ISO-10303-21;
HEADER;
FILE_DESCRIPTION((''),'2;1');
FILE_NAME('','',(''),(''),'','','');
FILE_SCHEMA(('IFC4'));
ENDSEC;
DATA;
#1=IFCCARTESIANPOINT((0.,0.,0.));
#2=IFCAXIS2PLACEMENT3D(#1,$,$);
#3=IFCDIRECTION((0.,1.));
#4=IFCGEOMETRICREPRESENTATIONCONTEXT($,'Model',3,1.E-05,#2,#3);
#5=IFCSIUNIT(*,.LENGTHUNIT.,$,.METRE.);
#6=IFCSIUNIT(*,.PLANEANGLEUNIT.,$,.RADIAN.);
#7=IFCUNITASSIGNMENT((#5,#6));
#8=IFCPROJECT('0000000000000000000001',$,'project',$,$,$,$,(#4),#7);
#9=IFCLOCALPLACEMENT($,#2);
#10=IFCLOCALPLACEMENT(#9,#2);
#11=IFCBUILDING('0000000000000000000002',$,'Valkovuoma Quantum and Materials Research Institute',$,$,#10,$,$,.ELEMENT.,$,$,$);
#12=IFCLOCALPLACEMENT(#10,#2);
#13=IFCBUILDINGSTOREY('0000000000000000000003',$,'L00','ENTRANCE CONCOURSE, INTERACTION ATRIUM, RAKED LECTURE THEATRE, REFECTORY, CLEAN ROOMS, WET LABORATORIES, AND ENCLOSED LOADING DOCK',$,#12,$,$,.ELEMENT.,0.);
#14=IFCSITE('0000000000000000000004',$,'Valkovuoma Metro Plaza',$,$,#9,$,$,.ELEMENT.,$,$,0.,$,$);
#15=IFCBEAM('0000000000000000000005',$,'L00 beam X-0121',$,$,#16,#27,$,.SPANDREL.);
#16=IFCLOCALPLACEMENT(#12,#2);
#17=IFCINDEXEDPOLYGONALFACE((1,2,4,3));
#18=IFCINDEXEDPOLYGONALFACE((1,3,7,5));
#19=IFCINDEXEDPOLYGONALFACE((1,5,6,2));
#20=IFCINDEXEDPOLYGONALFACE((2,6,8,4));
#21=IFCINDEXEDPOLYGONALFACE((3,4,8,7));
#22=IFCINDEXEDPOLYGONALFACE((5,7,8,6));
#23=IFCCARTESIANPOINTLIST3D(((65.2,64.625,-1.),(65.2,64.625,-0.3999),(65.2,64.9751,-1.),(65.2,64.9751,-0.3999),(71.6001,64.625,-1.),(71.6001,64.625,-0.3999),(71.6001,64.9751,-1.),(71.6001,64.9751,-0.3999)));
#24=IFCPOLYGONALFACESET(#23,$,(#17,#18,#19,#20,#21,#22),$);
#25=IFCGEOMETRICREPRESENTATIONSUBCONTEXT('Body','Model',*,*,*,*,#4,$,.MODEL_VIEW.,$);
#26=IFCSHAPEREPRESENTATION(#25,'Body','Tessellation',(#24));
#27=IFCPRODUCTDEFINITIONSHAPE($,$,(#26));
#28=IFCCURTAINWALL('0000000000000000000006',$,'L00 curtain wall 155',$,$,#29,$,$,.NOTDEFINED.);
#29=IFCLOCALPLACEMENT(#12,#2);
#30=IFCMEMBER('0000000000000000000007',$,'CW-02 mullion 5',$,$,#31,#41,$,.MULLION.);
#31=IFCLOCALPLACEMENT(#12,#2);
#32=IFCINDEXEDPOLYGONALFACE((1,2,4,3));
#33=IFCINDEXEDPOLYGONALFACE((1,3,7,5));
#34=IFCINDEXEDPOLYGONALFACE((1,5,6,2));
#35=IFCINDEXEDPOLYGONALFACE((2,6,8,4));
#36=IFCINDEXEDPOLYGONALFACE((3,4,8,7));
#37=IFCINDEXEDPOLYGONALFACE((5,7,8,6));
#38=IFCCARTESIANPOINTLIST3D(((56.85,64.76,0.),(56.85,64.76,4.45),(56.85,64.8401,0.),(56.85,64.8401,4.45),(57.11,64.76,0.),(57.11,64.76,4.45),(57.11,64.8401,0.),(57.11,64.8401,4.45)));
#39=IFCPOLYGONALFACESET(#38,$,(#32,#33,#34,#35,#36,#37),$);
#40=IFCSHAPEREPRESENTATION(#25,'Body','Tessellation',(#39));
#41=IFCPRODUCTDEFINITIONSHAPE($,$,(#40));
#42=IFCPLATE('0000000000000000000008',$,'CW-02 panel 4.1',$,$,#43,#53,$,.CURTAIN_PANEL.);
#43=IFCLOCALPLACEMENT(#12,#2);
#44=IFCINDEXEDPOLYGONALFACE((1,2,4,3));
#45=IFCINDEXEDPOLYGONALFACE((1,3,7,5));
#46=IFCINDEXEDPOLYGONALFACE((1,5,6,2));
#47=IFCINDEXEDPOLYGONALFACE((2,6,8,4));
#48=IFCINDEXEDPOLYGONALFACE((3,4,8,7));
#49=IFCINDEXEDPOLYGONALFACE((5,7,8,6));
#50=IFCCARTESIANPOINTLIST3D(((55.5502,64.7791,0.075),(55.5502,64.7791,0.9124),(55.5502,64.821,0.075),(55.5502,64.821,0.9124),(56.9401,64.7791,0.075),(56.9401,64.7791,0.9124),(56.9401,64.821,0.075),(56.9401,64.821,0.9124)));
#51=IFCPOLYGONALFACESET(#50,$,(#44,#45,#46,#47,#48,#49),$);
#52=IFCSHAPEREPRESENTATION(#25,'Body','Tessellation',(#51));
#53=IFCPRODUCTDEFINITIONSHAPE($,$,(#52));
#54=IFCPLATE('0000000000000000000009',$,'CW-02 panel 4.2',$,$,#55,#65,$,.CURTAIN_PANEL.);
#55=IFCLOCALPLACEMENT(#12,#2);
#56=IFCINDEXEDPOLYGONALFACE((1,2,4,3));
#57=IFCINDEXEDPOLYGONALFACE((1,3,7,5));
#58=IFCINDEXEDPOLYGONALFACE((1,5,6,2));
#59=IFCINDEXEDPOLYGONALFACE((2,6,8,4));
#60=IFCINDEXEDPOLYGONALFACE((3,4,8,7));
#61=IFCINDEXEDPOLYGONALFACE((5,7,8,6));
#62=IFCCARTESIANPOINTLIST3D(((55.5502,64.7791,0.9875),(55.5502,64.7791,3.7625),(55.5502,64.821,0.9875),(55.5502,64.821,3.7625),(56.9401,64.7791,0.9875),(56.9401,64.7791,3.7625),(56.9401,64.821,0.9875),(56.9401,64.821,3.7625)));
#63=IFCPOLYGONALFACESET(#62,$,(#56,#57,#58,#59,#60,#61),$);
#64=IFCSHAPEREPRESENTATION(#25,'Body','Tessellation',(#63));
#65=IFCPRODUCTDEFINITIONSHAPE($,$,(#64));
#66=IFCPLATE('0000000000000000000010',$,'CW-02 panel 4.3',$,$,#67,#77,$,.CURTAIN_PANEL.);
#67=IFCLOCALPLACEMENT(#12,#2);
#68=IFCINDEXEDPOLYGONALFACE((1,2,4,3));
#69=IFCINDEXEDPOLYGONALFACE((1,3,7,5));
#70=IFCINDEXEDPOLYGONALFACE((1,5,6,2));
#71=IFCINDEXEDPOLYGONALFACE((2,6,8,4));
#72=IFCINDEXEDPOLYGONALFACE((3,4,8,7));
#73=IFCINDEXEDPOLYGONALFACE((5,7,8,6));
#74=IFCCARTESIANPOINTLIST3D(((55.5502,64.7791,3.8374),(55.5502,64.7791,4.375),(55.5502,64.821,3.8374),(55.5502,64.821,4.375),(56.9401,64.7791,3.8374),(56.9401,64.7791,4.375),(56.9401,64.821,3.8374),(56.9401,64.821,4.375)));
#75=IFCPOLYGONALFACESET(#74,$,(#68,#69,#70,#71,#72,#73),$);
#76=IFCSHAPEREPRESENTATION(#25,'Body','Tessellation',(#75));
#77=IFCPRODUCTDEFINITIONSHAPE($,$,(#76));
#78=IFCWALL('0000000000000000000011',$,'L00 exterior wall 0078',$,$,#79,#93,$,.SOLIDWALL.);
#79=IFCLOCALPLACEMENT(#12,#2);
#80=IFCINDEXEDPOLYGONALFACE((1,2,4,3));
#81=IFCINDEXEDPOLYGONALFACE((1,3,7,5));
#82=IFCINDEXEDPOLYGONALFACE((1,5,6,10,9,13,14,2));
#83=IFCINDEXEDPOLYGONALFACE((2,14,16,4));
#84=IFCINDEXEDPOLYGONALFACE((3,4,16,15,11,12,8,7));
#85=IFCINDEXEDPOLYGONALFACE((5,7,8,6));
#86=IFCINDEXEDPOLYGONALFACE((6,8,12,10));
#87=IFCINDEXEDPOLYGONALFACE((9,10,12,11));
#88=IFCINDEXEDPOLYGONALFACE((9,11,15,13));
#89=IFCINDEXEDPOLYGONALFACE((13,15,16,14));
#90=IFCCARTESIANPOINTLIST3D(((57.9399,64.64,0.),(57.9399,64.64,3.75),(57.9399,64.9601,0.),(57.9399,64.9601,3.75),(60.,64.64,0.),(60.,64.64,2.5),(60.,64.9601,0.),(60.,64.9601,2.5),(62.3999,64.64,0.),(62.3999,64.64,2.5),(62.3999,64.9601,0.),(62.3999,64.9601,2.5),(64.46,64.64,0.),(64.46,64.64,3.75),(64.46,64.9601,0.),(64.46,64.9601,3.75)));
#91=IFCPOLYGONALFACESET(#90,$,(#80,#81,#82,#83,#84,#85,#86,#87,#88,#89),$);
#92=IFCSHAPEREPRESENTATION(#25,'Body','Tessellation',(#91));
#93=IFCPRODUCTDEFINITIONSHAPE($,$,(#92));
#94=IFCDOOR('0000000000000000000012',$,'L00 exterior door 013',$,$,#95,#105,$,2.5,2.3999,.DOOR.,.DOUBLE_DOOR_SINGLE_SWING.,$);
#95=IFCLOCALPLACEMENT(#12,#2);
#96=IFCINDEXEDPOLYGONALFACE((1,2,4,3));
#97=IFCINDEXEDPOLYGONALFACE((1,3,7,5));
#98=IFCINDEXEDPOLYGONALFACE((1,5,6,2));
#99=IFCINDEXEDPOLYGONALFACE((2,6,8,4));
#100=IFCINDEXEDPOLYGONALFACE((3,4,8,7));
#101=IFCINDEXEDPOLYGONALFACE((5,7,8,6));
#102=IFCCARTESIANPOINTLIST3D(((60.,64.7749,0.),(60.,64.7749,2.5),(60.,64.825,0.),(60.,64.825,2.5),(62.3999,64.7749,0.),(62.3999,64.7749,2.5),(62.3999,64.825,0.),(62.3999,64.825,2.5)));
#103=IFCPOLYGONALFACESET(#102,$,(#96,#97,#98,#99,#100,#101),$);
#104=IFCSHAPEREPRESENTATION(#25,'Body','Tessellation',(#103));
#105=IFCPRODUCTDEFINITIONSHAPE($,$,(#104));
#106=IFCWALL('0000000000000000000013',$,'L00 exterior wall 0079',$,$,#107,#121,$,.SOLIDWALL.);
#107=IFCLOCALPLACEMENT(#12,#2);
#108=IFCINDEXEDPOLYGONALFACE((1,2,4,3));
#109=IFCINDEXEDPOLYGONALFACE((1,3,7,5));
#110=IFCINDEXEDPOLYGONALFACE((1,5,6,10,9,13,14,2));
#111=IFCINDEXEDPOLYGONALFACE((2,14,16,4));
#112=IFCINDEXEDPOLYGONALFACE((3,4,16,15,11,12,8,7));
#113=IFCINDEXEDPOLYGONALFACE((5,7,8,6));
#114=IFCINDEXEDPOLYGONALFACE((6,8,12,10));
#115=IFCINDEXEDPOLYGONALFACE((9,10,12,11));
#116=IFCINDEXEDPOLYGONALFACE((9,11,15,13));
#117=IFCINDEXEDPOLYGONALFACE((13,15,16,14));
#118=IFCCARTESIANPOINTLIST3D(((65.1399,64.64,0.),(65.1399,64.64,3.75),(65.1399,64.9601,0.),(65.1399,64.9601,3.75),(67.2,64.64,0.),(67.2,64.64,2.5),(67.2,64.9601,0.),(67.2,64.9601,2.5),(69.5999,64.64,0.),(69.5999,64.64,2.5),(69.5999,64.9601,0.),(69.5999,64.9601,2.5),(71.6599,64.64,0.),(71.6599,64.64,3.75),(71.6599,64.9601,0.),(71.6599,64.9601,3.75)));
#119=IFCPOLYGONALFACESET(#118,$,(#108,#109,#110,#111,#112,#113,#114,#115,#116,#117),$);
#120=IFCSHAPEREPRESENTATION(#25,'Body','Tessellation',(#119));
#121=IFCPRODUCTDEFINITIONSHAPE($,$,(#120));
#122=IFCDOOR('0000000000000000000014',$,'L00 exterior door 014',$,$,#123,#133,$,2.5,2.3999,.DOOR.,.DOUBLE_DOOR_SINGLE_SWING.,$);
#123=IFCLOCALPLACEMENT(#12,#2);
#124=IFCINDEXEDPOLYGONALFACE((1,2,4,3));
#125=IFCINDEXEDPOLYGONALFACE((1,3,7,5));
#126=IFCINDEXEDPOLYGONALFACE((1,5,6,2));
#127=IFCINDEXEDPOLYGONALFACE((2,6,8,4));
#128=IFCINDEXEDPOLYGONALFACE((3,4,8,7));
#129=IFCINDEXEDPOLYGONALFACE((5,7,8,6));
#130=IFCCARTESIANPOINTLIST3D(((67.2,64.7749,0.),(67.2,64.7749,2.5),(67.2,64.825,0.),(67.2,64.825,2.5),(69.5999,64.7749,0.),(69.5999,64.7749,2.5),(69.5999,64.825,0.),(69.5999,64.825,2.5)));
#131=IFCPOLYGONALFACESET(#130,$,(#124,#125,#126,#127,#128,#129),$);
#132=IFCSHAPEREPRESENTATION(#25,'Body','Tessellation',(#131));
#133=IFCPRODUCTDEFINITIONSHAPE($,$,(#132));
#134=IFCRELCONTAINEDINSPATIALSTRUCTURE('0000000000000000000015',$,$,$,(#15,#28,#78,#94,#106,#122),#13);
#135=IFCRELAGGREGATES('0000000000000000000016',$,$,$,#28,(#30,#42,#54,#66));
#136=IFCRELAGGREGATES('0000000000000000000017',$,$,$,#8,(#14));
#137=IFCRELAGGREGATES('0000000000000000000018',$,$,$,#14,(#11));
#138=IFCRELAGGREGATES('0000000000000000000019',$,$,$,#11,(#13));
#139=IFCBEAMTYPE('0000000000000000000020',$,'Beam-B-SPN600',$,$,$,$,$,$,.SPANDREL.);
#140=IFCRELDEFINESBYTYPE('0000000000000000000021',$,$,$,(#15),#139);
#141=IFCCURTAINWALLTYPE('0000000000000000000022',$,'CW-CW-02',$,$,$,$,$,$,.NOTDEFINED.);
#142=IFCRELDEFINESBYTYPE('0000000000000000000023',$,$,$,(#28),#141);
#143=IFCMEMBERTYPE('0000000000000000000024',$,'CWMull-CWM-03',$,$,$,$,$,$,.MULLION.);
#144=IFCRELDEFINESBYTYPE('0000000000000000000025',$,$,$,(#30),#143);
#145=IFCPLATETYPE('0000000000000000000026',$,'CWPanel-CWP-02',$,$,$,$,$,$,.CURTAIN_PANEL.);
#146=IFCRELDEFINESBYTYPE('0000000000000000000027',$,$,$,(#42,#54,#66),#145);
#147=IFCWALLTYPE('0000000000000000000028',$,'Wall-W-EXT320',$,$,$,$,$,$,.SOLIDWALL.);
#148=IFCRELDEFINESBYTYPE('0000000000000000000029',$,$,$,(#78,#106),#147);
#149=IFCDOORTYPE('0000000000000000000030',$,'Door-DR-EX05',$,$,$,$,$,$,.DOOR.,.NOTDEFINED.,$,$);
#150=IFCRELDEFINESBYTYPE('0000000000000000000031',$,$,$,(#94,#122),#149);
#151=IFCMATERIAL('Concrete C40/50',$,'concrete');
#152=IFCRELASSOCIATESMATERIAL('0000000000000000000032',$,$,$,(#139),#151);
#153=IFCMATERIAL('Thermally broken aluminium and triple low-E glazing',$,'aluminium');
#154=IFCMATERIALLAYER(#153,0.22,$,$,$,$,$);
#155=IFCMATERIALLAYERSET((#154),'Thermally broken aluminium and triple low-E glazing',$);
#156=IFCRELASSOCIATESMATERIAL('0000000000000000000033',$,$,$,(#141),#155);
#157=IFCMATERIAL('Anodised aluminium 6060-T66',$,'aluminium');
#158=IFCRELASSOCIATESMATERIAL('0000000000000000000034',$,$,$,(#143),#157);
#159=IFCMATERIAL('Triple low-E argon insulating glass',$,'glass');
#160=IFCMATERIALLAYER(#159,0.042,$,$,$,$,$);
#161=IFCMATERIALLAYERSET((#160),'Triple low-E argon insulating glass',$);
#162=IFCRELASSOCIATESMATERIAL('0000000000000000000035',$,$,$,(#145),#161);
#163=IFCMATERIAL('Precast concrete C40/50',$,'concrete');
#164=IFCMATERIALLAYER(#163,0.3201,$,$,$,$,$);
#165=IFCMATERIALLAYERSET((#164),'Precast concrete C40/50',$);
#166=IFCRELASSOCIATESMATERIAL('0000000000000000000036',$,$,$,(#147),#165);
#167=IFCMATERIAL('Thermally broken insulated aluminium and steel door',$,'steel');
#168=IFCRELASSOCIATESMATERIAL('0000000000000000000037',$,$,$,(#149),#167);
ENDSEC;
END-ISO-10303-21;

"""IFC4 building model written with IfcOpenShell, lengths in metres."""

from ifc_helpers import new_model, si_unit, direction, frame, frame_2d, origin, origin_2d, place, context, subcontext, project, spatial, rectangle, extrude, material, layer, layer_set, material_profile, profile_set, type_object, element, fill, aggregate, save


model = new_model("IFC4")

# Units and contexts
model_context = context("Model", 3, precision=1e-05, world=origin(), true_north=direction((0.0, 1.0)))
body_context = subcontext(model_context, "Body", "Model", "MODEL_VIEW")
ifc_project = project(units=[si_unit("LENGTHUNIT", "METRE"), si_unit("PLANEANGLEUNIT", "RADIAN")], contexts=[model_context])

# Site, building, storey
site_placement = place(None, origin())
site = spatial("IfcSite", under=ifc_project, at=site_placement, Name="Valkovuoma Metro Plaza", CompositionType="ELEMENT", RefElevation=0.0)
building_placement = place(site_placement, origin())
building = spatial("IfcBuilding", under=site, at=building_placement, Name="Valkovuoma Quantum and Materials Research Institute", CompositionType="ELEMENT")
storey_placement = place(building_placement, origin())
storey = spatial("IfcBuildingStorey", under=building, at=storey_placement, Name="L00", Description="ENTRANCE CONCOURSE, INTERACTION ATRIUM, RAKED LECTURE THEATRE, REFECTORY, CLEAN ROOMS, WET LABORATORIES, AND ENCLOSED LOADING DOCK", CompositionType="ELEMENT", Elevation=0.0)

# Beam
ifc_material_1 = material(Name="Concrete C40/50", Category="concrete")
ifc_material_profile_1 = material_profile(ifc_material_1, rectangle(XDim=0.3501, YDim=0.6001, at=origin_2d()), Name="Concrete C40/50")
ifc_profile_set_1 = profile_set([ifc_material_profile_1], Name="Concrete C40/50")
beam_type_1 = type_object("IfcBeamType", Name="Beam-B-SPN600", PredefinedType="SPANDREL", material=ifc_profile_set_1)
beam_1_placement = place(storey_placement, frame((65.2, 64.8, -0.7), z_axis=(1.0, 0.0, 0.0), x_axis=(0.0, 1.0, 0.0)))
element("IfcBeam", 1, at=beam_1_placement, inside=storey, type_object=beam_type_1, Name="L00 beam X-0121", PredefinedType="SPANDREL", context=body_context, shape_type="SweptSolid", body=[
    extrude(rectangle(XDim=0.3501, YDim=0.6001, at=origin_2d()), origin(), (0.0, 0.0, 1.0), 6.4001),
])

# Curtain wall, member, plates
ifc_material_2 = material(Name="Thermally broken aluminium and triple low-E glazing", Category="aluminium")
ifc_layer_1 = layer(ifc_material_2, 0.22)
ifc_layer_set_1 = layer_set([ifc_layer_1], Name="Thermally broken aluminium and triple low-E glazing")
curtain_wall_type = type_object("IfcCurtainWallType", Name="CW-CW-02", PredefinedType="NOTDEFINED", material=ifc_layer_set_1)
curtain_wall_placement = place(storey_placement, origin())
curtain_wall = element("IfcCurtainWall", 2, at=curtain_wall_placement, inside=storey, type_object=curtain_wall_type, Name="L00 curtain wall 155", PredefinedType="NOTDEFINED")
ifc_material_3 = material(Name="Anodised aluminium 6060-T66", Category="aluminium")
ifc_material_profile_2 = material_profile(ifc_material_3, rectangle(XDim=0.0801, YDim=0.26, at=origin_2d()), Name="Anodised aluminium 6060-T66")
ifc_profile_set_2 = profile_set([ifc_material_profile_2], Name="Anodised aluminium 6060-T66")
member_type = type_object("IfcMemberType", Name="CWMull-CWM-03", PredefinedType="MULLION", material=ifc_profile_set_2)
member_placement = place(storey_placement, frame((56.98, 64.8, 0.0), z_axis=(0.0, 0.0, 1.0), x_axis=(0.0, 1.0, 0.0)))
member = element("IfcMember", 3, at=member_placement, type_object=member_type, Name="CW-02 mullion 5", PredefinedType="MULLION", context=body_context, shape_type="SweptSolid", body=[
    extrude(rectangle(XDim=0.0801, YDim=0.26, at=origin_2d()), origin(), (0.0, 0.0, 1.0), 4.45),
])
ifc_material_4 = material(Name="Triple low-E argon insulating glass", Category="glass")
ifc_layer_2 = layer(ifc_material_4, 0.042)
ifc_layer_set_2 = layer_set([ifc_layer_2], Name="Triple low-E argon insulating glass")
plate_type = type_object("IfcPlateType", Name="CWPanel-CWP-02", PredefinedType="CURTAIN_PANEL", material=ifc_layer_set_2)
plate_1_placement = place(storey_placement, frame((56.2451, 64.8, 0.075), z_axis=(0.0, 0.0, 1.0), x_axis=(1.0, 0.0, 0.0)))
plate_1 = element("IfcPlate", 4, at=plate_1_placement, type_object=plate_type, Name="CW-02 panel 4.1", PredefinedType="CURTAIN_PANEL", context=body_context, shape_type="SweptSolid", body=[
    extrude(rectangle(XDim=1.3899, YDim=0.042, at=origin_2d()), origin(), (0.0, 0.0, 1.0), 0.8374),
])
plate_2_placement = place(storey_placement, frame((56.2451, 64.8, 0.9875), z_axis=(0.0, 0.0, 1.0), x_axis=(1.0, 0.0, 0.0)))
plate_2 = element("IfcPlate", 5, at=plate_2_placement, type_object=plate_type, Name="CW-02 panel 4.2", PredefinedType="CURTAIN_PANEL", context=body_context, shape_type="SweptSolid", body=[
    extrude(rectangle(XDim=1.3899, YDim=0.042, at=origin_2d()), origin(), (0.0, 0.0, 1.0), 2.7749),
])
plate_3_placement = place(storey_placement, frame((56.2451, 64.8, 3.8374), z_axis=(0.0, 0.0, 1.0), x_axis=(1.0, 0.0, 0.0)))
plate_3 = element("IfcPlate", 6, at=plate_3_placement, type_object=plate_type, Name="CW-02 panel 4.3", PredefinedType="CURTAIN_PANEL", context=body_context, shape_type="SweptSolid", body=[
    extrude(rectangle(XDim=1.3899, YDim=0.042, at=origin_2d()), origin(), (0.0, 0.0, 1.0), 0.5376),
])
aggregate(curtain_wall, [member, plate_1, plate_2, plate_3])

# Walls, openings, doors
ifc_material_5 = material(Name="Precast concrete C40/50", Category="concrete")
ifc_layer_3 = layer(ifc_material_5, 0.3201)
ifc_layer_set_3 = layer_set([ifc_layer_3], Name="Precast concrete C40/50")
wall_type = type_object("IfcWallType", Name="Wall-W-EXT320", PredefinedType="SOLIDWALL", material=ifc_layer_set_3)
wall_1_placement = place(storey_placement, frame((57.9399, 64.8, 0.0), z_axis=(0.0, 0.0, 1.0), x_axis=(1.0, 0.0, 0.0)))
wall_1 = element("IfcWall", 7, at=wall_1_placement, inside=storey, type_object=wall_type, Name="L00 exterior wall 0078", PredefinedType="SOLIDWALL", context=body_context, shape_type="SweptSolid", body=[
    extrude(rectangle(XDim=6.52, YDim=0.3201, at=frame_2d((3.26, 0.0))), origin(), (0.0, 0.0, 1.0), 3.75),
])
opening_1_placement = place(wall_1_placement, frame((2.0601, 0.0, 0.0)))
opening_1 = element("IfcOpeningElement", 8, at=opening_1_placement, cuts=wall_1, PredefinedType="OPENING", context=body_context, shape_type="SweptSolid", body=[
    extrude(rectangle(XDim=2.3999, YDim=2.5, at=frame_2d((1.2, 1.25))), frame((0.0, 0.1699, 0.0), z_axis=(0.0, -1.0, 0.0), x_axis=(1.0, 0.0, 0.0)), (0.0, 0.0, 1.0), 0.3401),
])
ifc_material_6 = material(Name="Thermally broken insulated aluminium and steel door", Category="steel")
door_type = type_object("IfcDoorType", Name="Door-DR-EX05", OperationType="NOTDEFINED", PredefinedType="DOOR", material=ifc_material_6)
door_1_placement = place(opening_1_placement, origin())
door_1 = element("IfcDoor", 9, at=door_1_placement, inside=storey, type_object=door_type, Name="L00 exterior door 013", OperationType="DOUBLE_DOOR_SINGLE_SWING", OverallHeight=2.5, OverallWidth=2.3999, PredefinedType="DOOR", context=body_context, shape_type="SweptSolid", body=[
    extrude(rectangle(XDim=2.3999, YDim=2.5, at=frame_2d((1.2, 1.25))), frame((0.0, 0.0249, 0.0), z_axis=(0.0, -1.0, 0.0), x_axis=(1.0, 0.0, 0.0)), (0.0, 0.0, 1.0), 0.05),
])
fill(opening_1, door_1)
wall_2_placement = place(storey_placement, frame((65.1399, 64.8, 0.0), z_axis=(0.0, 0.0, 1.0), x_axis=(1.0, 0.0, 0.0)))
wall_2 = element("IfcWall", 10, at=wall_2_placement, inside=storey, type_object=wall_type, Name="L00 exterior wall 0079", PredefinedType="SOLIDWALL", context=body_context, shape_type="SweptSolid", body=[
    extrude(rectangle(XDim=6.52, YDim=0.3201, at=frame_2d((3.26, 0.0))), origin(), (0.0, 0.0, 1.0), 3.75),
])
opening_2_placement = place(wall_2_placement, frame((2.0601, 0.0, 0.0)))
opening_2 = element("IfcOpeningElement", 11, at=opening_2_placement, cuts=wall_2, PredefinedType="OPENING", context=body_context, shape_type="SweptSolid", body=[
    extrude(rectangle(XDim=2.3999, YDim=2.5, at=frame_2d((1.2, 1.25))), frame((0.0, 0.1699, 0.0), z_axis=(0.0, -1.0, 0.0), x_axis=(1.0, 0.0, 0.0)), (0.0, 0.0, 1.0), 0.3401),
])
door_2_placement = place(opening_2_placement, origin())
door_2 = element("IfcDoor", 12, at=door_2_placement, inside=storey, type_object=door_type, Name="L00 exterior door 014", OperationType="DOUBLE_DOOR_SINGLE_SWING", OverallHeight=2.5, OverallWidth=2.3999, PredefinedType="DOOR", context=body_context, shape_type="SweptSolid", body=[
    extrude(rectangle(XDim=2.3999, YDim=2.5, at=frame_2d((1.2, 1.25))), frame((0.0, 0.0249, 0.0), z_axis=(0.0, -1.0, 0.0), x_axis=(1.0, 0.0, 0.0)), (0.0, 0.0, 1.0), 0.05),
])
fill(opening_2, door_2)

save(model, "model.ifc")
